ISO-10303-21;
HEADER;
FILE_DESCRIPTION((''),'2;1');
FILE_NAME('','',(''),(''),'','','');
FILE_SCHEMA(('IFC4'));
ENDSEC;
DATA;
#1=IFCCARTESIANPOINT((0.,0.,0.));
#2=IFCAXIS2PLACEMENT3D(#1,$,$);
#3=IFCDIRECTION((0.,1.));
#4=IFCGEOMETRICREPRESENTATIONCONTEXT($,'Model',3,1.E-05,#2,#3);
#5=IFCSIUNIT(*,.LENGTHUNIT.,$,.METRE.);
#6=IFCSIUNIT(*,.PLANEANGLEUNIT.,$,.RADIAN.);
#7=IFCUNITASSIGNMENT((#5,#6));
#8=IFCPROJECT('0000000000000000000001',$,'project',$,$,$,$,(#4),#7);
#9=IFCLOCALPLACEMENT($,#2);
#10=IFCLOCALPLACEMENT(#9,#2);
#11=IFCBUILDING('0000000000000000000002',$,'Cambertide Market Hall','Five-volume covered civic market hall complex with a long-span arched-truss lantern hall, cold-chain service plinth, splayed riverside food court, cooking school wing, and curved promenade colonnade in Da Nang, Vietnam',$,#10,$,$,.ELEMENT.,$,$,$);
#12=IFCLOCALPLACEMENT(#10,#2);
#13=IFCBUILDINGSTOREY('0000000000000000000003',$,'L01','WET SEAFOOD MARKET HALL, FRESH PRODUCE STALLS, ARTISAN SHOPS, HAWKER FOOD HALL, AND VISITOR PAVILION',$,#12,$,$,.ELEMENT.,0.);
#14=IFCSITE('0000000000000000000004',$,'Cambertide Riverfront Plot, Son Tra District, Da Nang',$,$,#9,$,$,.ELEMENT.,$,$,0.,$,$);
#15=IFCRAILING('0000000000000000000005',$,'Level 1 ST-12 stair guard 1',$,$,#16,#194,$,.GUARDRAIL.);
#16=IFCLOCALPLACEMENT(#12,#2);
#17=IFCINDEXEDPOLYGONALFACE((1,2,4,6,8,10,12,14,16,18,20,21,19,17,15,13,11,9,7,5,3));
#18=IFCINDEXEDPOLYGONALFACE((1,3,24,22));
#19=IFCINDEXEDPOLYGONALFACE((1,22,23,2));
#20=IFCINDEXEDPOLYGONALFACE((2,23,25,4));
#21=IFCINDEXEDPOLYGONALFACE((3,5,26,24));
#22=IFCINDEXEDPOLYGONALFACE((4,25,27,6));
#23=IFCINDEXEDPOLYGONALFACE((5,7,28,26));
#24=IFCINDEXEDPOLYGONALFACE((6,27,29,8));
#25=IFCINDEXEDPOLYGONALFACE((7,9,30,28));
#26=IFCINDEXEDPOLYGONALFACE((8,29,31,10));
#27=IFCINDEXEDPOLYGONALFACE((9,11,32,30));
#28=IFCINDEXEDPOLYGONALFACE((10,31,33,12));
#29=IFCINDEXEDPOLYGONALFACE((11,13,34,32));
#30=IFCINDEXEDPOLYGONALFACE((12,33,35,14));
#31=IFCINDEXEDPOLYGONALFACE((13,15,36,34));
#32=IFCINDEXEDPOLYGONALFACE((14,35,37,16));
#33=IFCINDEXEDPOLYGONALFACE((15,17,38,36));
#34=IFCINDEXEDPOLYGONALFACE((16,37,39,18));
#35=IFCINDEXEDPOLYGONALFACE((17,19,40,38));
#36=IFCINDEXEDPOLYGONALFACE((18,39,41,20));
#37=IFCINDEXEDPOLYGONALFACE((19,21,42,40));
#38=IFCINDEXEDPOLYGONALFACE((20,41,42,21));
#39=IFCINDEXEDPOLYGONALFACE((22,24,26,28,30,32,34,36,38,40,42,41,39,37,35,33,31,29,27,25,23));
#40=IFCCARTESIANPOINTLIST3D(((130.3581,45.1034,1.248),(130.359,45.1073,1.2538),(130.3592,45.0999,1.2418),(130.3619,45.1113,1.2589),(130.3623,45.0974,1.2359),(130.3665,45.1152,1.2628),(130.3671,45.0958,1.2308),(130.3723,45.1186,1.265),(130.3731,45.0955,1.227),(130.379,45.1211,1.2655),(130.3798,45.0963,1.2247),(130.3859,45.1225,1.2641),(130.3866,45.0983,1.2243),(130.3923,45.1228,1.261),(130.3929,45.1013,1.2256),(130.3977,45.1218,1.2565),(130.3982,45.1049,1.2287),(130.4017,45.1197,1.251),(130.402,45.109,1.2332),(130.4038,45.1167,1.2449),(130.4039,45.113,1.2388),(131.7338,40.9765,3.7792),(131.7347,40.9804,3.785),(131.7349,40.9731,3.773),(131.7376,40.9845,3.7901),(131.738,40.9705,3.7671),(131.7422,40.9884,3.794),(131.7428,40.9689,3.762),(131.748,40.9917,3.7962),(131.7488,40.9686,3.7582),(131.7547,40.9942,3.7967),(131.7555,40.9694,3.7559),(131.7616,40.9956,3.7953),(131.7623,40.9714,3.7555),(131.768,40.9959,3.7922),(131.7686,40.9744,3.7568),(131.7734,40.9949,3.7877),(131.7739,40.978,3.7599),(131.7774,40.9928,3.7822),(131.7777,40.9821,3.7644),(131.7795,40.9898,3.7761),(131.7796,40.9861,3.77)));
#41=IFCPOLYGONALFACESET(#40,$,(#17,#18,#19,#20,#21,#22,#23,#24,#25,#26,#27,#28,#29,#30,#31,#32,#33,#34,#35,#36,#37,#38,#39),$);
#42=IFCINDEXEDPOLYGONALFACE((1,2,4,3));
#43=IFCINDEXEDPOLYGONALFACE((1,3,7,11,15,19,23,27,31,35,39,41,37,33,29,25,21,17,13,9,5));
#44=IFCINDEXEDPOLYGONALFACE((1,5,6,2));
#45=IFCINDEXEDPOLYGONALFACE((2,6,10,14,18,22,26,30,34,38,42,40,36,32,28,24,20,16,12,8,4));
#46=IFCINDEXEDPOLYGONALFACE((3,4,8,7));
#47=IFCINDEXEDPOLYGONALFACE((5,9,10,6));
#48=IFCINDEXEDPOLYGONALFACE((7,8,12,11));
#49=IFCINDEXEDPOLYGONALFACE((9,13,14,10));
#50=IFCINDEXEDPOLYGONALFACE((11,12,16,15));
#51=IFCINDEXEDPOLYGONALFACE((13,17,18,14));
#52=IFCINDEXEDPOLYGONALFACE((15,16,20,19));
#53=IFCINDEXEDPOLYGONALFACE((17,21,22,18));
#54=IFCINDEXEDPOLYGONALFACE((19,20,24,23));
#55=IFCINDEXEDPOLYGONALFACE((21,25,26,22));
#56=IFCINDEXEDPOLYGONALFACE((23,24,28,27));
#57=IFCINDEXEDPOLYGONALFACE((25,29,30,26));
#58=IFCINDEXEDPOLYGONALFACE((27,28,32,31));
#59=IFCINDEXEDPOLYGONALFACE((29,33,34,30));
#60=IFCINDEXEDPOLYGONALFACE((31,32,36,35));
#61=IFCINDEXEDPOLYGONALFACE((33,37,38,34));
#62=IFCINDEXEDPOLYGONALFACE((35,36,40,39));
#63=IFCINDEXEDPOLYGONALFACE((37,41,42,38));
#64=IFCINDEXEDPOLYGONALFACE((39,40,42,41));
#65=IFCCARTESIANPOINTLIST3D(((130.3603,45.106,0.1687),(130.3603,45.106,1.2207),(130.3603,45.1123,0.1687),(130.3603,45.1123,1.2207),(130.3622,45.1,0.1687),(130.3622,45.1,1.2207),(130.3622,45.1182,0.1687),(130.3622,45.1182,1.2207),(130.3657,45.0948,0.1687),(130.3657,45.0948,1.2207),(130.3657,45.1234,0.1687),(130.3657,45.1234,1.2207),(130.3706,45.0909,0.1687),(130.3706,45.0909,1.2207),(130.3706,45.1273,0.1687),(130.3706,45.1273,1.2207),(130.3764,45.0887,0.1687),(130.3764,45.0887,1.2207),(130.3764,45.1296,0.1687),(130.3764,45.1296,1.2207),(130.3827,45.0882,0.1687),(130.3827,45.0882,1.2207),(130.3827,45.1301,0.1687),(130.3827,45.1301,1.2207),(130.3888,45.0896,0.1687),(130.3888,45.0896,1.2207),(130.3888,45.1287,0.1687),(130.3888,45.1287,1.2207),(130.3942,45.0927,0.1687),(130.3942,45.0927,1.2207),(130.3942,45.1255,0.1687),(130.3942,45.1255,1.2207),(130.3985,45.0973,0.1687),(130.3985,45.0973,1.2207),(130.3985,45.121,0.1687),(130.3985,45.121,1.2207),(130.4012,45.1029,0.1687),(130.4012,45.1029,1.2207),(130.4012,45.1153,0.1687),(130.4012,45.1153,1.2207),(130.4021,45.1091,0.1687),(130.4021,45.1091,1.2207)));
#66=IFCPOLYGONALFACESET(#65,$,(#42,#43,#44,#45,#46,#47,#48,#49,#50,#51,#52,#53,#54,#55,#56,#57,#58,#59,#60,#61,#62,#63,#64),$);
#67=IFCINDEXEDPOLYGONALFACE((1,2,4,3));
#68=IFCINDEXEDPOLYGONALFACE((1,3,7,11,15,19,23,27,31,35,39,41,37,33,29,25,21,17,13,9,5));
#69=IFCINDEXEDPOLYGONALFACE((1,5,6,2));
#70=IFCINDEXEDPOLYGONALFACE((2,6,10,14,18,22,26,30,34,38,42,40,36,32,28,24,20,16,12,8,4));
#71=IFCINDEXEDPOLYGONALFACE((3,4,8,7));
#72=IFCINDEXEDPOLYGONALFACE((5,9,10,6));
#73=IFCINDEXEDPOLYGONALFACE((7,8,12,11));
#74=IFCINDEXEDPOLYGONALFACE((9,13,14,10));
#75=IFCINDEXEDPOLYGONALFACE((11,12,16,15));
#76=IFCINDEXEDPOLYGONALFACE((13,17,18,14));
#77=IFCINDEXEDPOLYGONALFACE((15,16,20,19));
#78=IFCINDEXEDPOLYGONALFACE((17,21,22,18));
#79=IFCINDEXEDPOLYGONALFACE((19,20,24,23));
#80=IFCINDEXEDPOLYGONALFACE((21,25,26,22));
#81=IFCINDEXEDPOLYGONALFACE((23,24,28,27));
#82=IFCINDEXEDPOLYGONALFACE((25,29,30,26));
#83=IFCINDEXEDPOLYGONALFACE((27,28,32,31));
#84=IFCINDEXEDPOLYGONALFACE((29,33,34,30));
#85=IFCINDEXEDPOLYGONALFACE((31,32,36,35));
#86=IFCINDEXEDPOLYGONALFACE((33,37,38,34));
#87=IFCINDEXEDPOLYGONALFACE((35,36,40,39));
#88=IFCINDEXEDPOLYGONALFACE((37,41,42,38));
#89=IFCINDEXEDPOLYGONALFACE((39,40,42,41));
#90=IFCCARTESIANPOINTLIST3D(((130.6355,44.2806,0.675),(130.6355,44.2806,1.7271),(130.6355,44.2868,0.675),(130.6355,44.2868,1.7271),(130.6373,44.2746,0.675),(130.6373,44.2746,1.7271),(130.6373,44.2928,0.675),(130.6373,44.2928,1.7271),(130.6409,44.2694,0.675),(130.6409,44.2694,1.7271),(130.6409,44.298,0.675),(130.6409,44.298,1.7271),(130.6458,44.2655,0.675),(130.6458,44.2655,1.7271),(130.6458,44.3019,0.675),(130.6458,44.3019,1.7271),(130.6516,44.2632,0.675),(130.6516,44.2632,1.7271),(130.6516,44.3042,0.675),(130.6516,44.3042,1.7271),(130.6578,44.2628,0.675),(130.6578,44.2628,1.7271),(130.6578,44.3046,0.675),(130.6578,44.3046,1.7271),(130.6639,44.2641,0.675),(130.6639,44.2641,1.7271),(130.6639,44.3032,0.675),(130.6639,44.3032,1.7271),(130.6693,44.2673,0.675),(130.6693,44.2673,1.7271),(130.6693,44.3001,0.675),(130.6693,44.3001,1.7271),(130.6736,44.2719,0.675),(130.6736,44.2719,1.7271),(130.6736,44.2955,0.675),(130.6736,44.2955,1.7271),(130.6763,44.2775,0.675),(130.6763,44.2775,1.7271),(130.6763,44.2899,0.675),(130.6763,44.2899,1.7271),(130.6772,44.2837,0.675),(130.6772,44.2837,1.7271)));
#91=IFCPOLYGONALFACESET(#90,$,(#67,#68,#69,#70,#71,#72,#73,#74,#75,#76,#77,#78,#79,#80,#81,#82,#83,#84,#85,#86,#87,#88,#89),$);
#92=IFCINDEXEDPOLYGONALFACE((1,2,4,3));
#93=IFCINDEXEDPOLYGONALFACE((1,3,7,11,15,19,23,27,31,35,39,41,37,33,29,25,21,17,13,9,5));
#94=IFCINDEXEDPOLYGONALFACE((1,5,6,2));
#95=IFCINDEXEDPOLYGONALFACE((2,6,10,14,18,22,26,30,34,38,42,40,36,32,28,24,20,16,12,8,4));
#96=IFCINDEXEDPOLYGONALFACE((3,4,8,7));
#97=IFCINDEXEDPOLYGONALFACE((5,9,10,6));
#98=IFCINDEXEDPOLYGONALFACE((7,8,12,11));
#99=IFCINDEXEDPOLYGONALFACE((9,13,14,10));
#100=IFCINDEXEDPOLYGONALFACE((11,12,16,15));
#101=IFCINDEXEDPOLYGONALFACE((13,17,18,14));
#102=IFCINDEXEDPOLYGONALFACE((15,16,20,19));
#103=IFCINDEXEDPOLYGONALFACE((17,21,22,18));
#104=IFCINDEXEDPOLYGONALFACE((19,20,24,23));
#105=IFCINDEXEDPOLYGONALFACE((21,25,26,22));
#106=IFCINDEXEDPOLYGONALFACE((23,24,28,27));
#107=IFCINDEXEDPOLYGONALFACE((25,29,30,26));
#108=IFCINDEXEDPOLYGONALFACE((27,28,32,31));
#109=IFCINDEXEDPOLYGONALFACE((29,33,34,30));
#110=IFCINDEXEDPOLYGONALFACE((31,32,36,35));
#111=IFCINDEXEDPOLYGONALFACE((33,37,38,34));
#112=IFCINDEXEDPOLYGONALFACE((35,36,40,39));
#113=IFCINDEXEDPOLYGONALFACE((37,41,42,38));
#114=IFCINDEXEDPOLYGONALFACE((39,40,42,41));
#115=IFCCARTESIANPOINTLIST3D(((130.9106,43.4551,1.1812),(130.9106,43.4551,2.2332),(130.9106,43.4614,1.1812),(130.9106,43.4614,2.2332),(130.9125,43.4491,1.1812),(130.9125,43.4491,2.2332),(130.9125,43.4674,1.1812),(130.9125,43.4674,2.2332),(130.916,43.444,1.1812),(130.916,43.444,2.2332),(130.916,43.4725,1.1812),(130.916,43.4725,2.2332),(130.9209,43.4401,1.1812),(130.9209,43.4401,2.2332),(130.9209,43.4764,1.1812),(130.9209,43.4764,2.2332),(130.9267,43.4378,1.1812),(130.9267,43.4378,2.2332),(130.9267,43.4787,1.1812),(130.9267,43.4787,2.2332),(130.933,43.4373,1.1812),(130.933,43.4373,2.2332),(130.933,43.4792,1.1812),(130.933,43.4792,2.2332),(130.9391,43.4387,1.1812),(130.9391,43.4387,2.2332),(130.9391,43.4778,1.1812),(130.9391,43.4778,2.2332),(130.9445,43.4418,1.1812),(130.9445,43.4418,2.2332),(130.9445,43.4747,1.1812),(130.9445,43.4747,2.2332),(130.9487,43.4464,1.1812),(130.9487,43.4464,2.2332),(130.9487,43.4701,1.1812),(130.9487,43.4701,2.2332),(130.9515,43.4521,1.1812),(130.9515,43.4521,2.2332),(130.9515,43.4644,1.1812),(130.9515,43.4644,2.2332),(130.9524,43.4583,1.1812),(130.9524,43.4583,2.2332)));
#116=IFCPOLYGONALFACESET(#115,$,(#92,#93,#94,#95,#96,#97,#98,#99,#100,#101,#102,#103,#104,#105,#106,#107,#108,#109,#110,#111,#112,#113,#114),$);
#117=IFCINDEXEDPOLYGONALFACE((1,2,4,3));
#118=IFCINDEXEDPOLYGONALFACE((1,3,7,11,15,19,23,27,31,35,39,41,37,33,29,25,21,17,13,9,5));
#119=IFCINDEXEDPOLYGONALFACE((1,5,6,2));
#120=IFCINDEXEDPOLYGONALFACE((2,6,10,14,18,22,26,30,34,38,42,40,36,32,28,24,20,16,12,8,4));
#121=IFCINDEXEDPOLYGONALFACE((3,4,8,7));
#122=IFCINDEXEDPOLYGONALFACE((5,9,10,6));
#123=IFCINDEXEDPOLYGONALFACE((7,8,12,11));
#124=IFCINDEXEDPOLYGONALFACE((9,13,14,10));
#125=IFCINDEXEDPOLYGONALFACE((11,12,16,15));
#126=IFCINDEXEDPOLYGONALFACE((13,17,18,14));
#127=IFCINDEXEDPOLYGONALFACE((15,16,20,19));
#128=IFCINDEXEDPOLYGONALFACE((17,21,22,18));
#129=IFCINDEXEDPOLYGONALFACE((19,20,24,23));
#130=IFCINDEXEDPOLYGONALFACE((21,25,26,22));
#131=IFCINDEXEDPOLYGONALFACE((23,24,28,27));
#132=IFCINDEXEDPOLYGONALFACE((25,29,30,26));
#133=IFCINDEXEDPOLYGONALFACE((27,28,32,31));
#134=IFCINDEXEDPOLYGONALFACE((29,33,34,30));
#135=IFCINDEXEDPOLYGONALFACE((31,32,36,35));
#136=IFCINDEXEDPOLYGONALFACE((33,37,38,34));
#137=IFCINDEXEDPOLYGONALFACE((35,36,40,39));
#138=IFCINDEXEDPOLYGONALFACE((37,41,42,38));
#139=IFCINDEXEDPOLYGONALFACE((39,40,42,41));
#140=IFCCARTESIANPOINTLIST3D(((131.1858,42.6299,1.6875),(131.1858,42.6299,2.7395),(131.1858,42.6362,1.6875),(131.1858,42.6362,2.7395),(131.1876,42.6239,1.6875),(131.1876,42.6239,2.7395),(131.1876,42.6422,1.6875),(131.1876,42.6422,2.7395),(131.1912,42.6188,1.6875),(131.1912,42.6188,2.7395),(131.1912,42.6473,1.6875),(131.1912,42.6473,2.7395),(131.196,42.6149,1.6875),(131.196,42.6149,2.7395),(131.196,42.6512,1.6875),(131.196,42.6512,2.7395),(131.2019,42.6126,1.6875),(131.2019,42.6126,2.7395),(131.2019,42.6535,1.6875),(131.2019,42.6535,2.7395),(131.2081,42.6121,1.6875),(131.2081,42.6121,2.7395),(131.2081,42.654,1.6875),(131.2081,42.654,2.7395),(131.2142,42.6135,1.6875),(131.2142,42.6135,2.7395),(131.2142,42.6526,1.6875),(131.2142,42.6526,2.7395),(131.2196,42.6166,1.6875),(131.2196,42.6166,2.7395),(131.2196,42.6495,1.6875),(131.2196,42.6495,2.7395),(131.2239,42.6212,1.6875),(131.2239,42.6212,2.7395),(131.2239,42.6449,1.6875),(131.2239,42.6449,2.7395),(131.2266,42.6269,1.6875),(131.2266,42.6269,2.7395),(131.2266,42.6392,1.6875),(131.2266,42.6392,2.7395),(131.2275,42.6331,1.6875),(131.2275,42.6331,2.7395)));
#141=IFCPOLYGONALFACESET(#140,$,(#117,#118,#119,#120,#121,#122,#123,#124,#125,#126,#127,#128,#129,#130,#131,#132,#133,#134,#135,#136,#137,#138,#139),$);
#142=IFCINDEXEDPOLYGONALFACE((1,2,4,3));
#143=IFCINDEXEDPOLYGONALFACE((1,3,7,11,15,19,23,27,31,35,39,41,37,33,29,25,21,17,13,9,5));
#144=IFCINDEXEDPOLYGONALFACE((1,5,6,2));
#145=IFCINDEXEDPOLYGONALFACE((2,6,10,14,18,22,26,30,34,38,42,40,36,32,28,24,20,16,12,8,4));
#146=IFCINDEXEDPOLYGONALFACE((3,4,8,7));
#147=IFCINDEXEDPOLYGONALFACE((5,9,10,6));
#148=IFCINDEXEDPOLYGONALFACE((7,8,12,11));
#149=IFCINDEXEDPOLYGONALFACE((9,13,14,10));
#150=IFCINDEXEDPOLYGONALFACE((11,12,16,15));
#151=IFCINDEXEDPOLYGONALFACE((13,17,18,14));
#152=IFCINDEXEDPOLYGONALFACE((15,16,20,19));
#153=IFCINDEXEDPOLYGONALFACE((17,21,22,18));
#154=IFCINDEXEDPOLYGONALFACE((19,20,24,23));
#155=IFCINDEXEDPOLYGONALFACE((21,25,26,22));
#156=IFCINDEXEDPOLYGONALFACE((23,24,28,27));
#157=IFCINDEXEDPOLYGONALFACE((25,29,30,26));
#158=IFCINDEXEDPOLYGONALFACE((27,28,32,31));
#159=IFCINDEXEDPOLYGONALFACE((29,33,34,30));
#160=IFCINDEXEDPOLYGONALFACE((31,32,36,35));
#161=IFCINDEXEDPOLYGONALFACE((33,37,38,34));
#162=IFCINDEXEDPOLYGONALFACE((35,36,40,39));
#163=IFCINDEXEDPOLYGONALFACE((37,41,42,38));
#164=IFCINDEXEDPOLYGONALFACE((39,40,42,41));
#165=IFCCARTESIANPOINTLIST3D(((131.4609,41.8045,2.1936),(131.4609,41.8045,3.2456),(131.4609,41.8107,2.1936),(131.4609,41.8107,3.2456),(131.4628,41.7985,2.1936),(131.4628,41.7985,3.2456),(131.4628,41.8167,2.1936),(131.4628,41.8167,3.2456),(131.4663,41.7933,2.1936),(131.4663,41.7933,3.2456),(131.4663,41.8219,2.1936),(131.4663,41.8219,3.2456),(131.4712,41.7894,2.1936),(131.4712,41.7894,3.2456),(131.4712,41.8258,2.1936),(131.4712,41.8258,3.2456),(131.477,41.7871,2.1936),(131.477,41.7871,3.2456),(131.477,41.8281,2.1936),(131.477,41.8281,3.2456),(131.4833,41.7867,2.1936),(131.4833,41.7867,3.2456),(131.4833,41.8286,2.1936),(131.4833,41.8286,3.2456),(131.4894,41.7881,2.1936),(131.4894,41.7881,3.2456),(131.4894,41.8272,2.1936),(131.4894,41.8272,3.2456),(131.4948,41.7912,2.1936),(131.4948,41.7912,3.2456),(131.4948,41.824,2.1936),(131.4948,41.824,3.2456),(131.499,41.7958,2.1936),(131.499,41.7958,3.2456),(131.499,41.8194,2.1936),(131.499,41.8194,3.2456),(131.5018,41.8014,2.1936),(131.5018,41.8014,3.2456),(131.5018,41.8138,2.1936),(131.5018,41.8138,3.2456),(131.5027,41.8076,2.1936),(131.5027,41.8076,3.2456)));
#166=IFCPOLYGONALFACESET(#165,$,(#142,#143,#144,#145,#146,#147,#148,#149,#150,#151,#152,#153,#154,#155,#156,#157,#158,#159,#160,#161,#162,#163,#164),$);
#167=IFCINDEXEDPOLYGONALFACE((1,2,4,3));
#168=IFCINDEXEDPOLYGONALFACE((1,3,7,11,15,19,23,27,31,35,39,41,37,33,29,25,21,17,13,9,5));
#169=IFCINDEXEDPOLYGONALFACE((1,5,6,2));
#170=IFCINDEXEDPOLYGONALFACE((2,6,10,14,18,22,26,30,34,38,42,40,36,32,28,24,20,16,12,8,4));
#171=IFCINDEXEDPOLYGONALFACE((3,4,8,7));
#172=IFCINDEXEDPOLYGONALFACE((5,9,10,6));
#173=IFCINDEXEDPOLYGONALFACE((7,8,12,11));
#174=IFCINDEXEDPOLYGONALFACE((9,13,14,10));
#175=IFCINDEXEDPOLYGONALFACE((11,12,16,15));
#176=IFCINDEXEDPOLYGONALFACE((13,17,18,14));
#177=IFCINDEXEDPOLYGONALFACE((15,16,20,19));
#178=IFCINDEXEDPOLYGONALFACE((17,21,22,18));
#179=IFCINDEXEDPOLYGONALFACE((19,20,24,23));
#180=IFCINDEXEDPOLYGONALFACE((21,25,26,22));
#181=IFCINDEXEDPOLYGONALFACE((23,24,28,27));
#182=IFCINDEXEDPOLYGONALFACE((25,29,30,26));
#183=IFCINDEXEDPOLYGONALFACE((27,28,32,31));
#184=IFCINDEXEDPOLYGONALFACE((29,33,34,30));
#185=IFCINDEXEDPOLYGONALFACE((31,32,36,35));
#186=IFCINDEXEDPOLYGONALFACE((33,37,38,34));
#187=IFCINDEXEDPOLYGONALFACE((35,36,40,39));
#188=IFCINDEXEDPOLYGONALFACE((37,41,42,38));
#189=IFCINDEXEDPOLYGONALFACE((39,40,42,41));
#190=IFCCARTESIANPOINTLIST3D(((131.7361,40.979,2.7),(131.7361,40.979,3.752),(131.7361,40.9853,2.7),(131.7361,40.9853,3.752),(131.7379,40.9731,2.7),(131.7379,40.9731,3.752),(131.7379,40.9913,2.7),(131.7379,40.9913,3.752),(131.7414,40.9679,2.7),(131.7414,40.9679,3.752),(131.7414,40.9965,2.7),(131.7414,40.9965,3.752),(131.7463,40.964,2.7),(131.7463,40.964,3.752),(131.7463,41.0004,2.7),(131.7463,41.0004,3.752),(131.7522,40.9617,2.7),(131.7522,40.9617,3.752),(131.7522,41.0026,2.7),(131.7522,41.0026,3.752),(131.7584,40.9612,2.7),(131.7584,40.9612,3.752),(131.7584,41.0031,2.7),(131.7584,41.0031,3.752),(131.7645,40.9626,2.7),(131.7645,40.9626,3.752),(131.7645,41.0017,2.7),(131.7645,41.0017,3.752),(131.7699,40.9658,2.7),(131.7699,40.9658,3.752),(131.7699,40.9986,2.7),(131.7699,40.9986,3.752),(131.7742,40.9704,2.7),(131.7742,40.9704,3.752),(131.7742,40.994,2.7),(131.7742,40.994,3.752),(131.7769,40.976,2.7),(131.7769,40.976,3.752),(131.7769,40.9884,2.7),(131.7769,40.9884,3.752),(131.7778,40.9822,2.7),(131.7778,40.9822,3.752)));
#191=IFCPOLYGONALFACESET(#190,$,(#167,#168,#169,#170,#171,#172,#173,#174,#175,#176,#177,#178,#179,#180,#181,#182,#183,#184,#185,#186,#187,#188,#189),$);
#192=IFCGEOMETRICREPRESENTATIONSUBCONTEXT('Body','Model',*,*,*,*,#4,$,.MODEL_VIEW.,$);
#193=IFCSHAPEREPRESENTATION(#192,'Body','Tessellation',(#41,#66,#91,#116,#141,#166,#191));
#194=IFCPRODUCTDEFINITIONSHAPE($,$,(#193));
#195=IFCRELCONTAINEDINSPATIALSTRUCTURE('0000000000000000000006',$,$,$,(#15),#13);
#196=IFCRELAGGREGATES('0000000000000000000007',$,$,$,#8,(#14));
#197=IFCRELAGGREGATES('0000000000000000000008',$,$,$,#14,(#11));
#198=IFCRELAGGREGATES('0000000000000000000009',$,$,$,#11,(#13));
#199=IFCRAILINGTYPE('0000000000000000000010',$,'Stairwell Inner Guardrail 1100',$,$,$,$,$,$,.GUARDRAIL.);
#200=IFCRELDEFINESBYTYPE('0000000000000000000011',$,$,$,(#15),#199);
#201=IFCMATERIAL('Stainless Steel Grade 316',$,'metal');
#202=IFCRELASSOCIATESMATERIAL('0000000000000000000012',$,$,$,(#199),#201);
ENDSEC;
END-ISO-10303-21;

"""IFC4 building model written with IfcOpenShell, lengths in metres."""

from ifc_helpers import new_model, si_unit, direction, frame, origin, origin_2d, place, context, subcontext, project, spatial, circle, extrude, material, type_object, element, save


model = new_model("IFC4")

# Units and contexts
model_context = context("Model", 3, precision=1e-05, world=origin(), true_north=direction((0.0, 1.0)))
body_context = subcontext(model_context, "Body", "Model", "MODEL_VIEW")
ifc_project = project(units=[si_unit("LENGTHUNIT", "METRE"), si_unit("PLANEANGLEUNIT", "RADIAN")], contexts=[model_context])

# Site, building, storey
site_placement = place(None, origin())
site = spatial("IfcSite", under=ifc_project, at=site_placement, Name="Cambertide Riverfront Plot, Son Tra District, Da Nang", CompositionType="ELEMENT", RefElevation=0.0)
building_placement = place(site_placement, origin())
building = spatial("IfcBuilding", under=site, at=building_placement, Name="Cambertide Market Hall", Description="Five-volume covered civic market hall complex with a long-span arched-truss lantern hall, cold-chain service plinth, splayed riverside food court, cooking school wing, and curved promenade colonnade in Da Nang, Vietnam", CompositionType="ELEMENT")
storey_placement = place(building_placement, origin())
storey = spatial("IfcBuildingStorey", under=building, at=storey_placement, Name="L01", Description="WET SEAFOOD MARKET HALL, FRESH PRODUCE STALLS, ARTISAN SHOPS, HAWKER FOOD HALL, AND VISITOR PAVILION", CompositionType="ELEMENT", Elevation=0.0)

# Railing
ifc_material_1 = material(Name="Stainless Steel Grade 316", Category="metal")
railing_type_1 = type_object("IfcRailingType", Name="Stairwell Inner Guardrail 1100", PredefinedType="GUARDRAIL", material=ifc_material_1)
railing_1_placement = place(storey_placement, frame((130.3811, 45.1091, 0.1687)))
element("IfcRailing", 1, at=railing_1_placement, inside=storey, type_object=railing_type_1, Name="Level 1 ST-12 stair guard 1", PredefinedType="GUARDRAIL", context=body_context, shape_type="SweptSolid", body=[
    extrude(circle(Radius=0.0239, at=origin_2d()), frame((0.0, 0.0, 1.0762), z_axis=(0.27334, -0.81997, 0.502926), x_axis=(0.948678, 0.316245, 0.0)), (0.0, 0.0, 1.0), 5.033),
    extrude(circle(Radius=0.021, at=origin_2d()), origin(), (0.0, 0.0, 1.0), 1.052),
    extrude(circle(Radius=0.021, at=origin_2d()), frame((0.2751, -0.8254, 0.5063)), (0.0, 0.0, 1.0), 1.052),
    extrude(circle(Radius=0.021, at=origin_2d()), frame((0.5503, -1.6509, 1.0125)), (0.0, 0.0, 1.0), 1.052),
    extrude(circle(Radius=0.021, at=origin_2d()), frame((0.8254, -2.4761, 1.5188)), (0.0, 0.0, 1.0), 1.052),
    extrude(circle(Radius=0.021, at=origin_2d()), frame((1.1006, -3.3015, 2.0249)), (0.0, 0.0, 1.0), 1.052),
    extrude(circle(Radius=0.021, at=origin_2d()), frame((1.3757, -4.127, 2.5312)), (0.0, 0.0, 1.0), 1.052),
])

save(model, "model.ifc")
